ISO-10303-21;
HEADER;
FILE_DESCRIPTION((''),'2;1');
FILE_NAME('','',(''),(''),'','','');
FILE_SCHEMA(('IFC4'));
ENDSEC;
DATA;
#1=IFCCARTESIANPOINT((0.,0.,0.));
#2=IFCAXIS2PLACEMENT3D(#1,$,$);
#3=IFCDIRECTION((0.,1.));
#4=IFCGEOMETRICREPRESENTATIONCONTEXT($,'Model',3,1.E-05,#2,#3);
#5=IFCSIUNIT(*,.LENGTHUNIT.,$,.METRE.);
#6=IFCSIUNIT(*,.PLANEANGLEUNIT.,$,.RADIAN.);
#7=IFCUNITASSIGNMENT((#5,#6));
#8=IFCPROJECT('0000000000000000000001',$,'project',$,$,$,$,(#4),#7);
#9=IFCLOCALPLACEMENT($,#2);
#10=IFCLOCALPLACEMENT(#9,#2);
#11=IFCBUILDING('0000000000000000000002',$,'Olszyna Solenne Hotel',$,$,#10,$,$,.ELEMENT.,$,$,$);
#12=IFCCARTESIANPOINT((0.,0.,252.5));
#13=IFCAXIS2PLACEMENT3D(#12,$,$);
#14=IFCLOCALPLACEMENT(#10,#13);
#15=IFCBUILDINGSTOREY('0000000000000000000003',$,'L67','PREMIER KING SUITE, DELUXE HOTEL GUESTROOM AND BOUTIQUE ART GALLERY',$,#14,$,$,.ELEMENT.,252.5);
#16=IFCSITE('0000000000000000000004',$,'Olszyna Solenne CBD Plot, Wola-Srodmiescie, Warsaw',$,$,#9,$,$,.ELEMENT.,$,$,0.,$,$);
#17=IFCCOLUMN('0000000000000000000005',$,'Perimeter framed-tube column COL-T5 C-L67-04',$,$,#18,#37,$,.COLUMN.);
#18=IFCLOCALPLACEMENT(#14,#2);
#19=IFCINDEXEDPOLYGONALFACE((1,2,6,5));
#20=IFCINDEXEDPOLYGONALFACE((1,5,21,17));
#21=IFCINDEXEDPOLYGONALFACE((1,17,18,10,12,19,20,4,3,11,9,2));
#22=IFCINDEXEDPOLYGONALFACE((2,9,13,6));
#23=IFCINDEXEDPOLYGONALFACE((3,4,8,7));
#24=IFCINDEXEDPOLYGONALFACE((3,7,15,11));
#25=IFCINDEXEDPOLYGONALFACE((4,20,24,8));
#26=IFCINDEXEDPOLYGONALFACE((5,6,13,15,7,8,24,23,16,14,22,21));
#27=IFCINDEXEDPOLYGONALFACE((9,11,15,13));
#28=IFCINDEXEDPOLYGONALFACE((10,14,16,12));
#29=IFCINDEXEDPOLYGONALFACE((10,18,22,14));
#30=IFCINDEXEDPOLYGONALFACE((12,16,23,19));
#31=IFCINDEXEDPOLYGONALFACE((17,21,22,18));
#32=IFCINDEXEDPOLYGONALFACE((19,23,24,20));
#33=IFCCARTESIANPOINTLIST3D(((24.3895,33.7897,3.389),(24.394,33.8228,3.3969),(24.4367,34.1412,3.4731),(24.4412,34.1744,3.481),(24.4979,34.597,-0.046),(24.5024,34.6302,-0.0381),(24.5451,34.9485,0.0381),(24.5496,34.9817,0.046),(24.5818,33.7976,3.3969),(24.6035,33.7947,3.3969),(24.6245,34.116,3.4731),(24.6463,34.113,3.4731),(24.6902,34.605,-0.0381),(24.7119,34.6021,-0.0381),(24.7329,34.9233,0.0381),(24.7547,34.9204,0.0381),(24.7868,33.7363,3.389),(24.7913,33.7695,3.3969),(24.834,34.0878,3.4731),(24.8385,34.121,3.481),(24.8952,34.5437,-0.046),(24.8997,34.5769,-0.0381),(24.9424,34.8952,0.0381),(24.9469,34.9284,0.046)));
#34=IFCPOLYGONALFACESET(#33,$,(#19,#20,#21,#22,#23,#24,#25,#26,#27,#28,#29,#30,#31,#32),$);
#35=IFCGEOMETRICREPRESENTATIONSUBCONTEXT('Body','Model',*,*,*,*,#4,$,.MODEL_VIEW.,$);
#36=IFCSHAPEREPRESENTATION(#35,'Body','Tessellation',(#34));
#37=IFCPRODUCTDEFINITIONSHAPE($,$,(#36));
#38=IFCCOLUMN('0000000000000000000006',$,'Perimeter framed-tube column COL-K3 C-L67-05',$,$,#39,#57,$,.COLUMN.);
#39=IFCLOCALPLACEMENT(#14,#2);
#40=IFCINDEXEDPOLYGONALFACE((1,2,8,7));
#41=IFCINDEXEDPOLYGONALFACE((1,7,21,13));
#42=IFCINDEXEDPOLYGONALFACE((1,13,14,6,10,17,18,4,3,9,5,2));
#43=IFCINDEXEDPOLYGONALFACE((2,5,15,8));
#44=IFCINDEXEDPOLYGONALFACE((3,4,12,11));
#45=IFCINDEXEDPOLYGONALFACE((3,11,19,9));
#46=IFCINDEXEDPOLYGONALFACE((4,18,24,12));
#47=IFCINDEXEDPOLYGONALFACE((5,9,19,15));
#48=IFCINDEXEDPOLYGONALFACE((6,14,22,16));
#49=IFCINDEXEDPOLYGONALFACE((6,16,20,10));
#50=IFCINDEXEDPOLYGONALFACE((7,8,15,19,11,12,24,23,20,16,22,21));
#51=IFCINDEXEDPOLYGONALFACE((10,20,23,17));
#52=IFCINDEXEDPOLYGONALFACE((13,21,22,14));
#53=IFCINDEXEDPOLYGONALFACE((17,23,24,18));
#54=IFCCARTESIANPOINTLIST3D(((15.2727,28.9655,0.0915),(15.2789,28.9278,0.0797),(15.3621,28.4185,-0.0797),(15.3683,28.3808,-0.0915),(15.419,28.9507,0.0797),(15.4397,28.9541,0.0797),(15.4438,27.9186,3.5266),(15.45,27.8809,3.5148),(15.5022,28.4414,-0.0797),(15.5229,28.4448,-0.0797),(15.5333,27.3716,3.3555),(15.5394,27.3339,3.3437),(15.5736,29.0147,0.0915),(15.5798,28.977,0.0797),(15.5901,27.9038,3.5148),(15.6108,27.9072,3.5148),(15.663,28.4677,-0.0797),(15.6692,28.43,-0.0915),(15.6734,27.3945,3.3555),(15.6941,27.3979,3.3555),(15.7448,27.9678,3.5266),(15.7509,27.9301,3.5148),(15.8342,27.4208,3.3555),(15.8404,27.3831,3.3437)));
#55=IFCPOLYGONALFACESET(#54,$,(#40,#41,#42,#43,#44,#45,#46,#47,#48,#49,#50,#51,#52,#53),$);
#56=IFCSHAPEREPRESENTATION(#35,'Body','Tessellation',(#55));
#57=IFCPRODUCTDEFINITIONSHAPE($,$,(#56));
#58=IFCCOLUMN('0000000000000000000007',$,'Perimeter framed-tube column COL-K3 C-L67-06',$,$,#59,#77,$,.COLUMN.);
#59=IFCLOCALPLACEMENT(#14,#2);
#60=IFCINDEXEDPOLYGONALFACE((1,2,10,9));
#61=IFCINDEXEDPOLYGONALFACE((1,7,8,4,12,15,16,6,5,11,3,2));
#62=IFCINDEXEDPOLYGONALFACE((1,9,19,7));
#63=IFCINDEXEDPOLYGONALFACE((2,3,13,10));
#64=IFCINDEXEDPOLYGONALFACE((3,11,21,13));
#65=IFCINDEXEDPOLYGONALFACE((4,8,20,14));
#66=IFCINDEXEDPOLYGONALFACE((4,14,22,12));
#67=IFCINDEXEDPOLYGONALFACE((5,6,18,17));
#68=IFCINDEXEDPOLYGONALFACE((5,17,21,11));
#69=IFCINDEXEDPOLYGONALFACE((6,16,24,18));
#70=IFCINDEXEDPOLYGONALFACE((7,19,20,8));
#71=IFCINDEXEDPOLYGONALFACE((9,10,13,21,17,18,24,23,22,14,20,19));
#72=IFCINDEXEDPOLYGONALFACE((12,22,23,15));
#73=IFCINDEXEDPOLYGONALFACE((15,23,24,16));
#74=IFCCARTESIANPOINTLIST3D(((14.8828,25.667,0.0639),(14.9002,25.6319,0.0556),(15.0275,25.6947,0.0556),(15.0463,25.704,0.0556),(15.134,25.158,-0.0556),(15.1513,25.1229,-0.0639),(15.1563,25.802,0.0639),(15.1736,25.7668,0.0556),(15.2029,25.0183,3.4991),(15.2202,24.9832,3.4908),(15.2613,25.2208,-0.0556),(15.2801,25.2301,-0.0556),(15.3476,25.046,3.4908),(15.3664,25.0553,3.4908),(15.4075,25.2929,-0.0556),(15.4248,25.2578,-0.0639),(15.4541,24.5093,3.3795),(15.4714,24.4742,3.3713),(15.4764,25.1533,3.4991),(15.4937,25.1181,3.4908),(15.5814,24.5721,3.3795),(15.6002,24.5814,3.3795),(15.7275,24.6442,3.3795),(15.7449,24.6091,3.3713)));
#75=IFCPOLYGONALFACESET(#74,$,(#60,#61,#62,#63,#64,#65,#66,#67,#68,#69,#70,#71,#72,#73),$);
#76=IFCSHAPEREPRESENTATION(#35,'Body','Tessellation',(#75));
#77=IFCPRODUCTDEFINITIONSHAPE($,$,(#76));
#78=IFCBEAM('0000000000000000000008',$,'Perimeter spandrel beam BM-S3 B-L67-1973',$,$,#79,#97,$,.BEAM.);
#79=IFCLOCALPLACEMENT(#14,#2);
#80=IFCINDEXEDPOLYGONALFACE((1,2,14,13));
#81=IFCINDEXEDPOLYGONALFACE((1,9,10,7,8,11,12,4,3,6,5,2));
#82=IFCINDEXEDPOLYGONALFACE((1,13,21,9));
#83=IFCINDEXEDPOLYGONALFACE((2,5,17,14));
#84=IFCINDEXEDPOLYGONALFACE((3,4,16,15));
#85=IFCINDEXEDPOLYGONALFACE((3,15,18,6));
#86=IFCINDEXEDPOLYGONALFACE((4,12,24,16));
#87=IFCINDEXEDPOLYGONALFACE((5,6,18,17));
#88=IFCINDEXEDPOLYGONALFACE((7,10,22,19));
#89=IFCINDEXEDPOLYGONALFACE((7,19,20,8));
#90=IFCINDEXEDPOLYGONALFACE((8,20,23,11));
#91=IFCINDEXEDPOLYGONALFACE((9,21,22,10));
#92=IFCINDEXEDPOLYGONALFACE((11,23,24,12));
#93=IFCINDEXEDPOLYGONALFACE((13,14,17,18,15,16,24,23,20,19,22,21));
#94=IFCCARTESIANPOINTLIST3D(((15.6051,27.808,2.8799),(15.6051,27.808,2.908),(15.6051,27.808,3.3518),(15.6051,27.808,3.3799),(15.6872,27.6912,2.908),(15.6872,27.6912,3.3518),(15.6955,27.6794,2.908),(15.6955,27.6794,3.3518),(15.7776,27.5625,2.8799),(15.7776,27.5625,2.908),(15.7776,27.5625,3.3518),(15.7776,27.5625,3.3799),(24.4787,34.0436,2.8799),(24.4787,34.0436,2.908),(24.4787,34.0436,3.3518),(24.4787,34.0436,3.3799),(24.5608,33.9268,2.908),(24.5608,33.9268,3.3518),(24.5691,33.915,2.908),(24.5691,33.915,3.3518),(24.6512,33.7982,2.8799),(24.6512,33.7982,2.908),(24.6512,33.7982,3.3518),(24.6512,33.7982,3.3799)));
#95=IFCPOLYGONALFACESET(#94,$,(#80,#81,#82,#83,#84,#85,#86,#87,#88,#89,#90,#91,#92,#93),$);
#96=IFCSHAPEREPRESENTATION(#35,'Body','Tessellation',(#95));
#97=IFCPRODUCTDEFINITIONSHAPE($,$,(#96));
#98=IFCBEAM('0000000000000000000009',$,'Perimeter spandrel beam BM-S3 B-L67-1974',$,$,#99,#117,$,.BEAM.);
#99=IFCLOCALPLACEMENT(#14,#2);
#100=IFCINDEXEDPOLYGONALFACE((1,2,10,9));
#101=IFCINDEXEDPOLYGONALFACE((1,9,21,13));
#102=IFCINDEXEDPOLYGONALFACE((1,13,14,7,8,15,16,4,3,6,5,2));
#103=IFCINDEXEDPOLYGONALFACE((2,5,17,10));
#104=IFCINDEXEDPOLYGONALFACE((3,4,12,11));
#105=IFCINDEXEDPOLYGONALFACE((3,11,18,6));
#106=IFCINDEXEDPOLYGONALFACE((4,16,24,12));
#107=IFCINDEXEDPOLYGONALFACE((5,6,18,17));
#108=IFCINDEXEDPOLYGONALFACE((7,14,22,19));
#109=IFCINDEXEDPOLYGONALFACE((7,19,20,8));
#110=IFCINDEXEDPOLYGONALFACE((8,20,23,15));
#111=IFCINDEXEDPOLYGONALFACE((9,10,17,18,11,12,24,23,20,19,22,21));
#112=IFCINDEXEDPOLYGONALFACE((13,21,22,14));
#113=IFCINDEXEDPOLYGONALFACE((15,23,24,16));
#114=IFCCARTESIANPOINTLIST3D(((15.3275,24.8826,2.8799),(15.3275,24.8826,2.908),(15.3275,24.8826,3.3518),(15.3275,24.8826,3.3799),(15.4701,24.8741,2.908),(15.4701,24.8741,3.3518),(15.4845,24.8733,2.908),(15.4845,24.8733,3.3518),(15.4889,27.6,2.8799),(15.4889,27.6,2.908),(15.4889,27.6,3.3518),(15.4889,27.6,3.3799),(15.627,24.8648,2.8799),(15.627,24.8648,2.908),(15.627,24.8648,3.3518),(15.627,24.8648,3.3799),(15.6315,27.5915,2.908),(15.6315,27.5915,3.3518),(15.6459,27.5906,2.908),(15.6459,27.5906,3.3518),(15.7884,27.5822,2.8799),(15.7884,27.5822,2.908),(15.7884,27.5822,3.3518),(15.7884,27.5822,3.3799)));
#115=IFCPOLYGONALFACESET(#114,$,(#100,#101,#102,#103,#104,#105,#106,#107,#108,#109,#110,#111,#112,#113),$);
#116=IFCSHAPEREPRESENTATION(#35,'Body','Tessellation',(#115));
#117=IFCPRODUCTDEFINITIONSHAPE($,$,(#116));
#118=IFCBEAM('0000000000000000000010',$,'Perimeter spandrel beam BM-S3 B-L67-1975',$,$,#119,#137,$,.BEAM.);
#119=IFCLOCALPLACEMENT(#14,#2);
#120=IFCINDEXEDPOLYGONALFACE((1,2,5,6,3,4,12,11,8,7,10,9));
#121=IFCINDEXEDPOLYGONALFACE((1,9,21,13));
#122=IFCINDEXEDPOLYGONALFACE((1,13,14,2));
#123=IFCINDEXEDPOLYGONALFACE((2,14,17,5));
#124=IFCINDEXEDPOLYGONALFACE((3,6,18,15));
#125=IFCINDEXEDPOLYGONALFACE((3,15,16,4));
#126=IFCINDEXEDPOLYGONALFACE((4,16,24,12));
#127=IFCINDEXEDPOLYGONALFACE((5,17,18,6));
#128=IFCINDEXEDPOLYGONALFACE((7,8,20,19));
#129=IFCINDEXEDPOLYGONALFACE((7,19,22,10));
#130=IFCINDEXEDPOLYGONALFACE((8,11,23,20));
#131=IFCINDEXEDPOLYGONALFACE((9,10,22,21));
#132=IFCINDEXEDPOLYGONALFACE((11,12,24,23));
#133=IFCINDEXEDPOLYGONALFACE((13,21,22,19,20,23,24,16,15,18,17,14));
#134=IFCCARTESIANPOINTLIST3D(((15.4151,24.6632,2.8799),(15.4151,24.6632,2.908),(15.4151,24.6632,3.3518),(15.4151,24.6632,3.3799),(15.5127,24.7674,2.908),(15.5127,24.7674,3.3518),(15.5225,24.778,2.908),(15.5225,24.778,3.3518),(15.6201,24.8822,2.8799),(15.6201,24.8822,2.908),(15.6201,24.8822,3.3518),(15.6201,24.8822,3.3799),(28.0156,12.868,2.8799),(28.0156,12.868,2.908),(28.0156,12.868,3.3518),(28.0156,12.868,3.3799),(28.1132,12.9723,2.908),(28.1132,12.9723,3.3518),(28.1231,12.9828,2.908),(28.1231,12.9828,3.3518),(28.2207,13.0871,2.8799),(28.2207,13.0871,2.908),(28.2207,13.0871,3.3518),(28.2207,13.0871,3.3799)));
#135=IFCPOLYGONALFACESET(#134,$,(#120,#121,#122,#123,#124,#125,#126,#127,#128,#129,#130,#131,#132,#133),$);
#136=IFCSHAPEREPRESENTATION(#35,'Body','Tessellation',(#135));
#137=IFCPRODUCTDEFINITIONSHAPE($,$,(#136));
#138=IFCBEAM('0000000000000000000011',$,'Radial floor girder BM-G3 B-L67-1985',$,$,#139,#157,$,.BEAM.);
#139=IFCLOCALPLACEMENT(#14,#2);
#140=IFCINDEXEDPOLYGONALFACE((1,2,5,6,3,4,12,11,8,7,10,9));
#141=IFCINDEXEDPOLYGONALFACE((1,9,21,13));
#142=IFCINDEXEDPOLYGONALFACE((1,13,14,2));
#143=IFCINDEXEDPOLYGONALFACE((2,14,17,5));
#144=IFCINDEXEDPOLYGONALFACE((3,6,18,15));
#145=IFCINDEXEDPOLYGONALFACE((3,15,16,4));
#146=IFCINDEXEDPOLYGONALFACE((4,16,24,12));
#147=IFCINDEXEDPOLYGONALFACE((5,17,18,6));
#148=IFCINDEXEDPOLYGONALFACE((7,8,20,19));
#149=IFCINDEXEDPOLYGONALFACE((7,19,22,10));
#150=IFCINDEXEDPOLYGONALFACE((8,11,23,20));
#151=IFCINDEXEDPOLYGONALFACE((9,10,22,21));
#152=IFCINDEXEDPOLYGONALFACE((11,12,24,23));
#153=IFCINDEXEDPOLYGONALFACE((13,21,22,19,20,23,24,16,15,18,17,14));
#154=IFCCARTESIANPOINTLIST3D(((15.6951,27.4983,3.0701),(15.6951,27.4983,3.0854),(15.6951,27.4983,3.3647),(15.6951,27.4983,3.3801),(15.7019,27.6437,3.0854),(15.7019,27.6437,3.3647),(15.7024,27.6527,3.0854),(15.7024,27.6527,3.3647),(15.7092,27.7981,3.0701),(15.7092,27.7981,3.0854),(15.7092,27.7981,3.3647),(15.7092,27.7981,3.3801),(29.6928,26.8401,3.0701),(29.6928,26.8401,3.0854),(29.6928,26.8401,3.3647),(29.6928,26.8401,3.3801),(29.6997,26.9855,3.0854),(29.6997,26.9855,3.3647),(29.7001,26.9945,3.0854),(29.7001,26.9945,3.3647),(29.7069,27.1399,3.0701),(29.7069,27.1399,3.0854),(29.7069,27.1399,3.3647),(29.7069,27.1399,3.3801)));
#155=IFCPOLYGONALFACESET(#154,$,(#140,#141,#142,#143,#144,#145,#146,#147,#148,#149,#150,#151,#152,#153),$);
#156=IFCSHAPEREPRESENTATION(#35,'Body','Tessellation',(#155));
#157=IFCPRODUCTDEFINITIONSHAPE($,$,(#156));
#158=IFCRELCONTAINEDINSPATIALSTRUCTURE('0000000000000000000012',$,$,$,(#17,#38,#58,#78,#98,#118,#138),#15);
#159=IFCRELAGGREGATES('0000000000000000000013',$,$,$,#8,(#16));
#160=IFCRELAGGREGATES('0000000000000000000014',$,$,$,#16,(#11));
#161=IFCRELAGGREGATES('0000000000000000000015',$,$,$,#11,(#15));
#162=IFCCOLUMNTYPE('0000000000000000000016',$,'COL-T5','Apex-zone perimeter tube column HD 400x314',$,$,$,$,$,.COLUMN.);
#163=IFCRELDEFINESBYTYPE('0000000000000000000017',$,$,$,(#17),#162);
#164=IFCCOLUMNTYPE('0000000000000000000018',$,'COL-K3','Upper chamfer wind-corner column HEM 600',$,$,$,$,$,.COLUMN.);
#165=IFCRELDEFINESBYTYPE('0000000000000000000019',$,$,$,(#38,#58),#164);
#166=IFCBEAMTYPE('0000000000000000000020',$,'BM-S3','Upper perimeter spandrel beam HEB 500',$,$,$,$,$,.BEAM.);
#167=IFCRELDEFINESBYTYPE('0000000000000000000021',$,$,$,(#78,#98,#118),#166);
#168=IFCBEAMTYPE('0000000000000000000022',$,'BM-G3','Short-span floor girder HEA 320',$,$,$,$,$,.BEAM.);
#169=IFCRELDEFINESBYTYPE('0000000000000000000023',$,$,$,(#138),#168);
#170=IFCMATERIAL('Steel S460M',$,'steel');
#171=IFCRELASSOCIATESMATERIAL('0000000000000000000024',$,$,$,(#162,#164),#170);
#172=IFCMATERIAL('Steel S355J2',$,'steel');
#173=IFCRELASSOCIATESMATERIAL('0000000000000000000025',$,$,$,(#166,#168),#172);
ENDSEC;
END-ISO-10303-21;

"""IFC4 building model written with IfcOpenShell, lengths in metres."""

from ifc_helpers import new_model, si_unit, direction, frame, origin, origin_2d, place, context, subcontext, project, spatial, i_section, extrude, source, transform, mapped, material, material_profile, profile_set, type_object, element, save


model = new_model("IFC4")

# Units and contexts
model_context = context("Model", 3, precision=1e-05, world=origin(), true_north=direction((0.0, 1.0)))
body_context = subcontext(model_context, "Body", "Model", "MODEL_VIEW")
ifc_project = project(units=[si_unit("LENGTHUNIT", "METRE"), si_unit("PLANEANGLEUNIT", "RADIAN")], contexts=[model_context])

# Site, building, storey
site_placement = place(None, origin())
site = spatial("IfcSite", under=ifc_project, at=site_placement, Name="Olszyna Solenne CBD Plot, Wola-Srodmiescie, Warsaw", CompositionType="ELEMENT", RefElevation=0.0)
building_placement = place(site_placement, origin())
building = spatial("IfcBuilding", under=site, at=building_placement, Name="Olszyna Solenne Hotel", CompositionType="ELEMENT")
storey_placement = place(building_placement, frame((0.0, 0.0, 252.5)))
storey = spatial("IfcBuildingStorey", under=building, at=storey_placement, Name="L67", Description="PREMIER KING SUITE, DELUXE HOTEL GUESTROOM AND BOUTIQUE ART GALLERY", CompositionType="ELEMENT", Elevation=252.5)

# Columns
ifc_material_1 = material(Name="Steel S460M", Category="steel")
ifc_material_profile_1 = material_profile(ifc_material_1, i_section(OverallWidth=0.4009, OverallDepth=0.3989, WebThickness=0.022, FlangeThickness=0.0344, at=origin_2d()), Name="HD 400x314", Category="load-bearing")
ifc_profile_set_1 = profile_set([ifc_material_profile_1], Name="Steel S460M")
column_type_1 = type_object("IfcColumnType", Name="COL-T5", Description="Apex-zone perimeter tube column HD 400x314", PredefinedType="COLUMN", material=ifc_profile_set_1)
shared_shape_1 = source(origin(), body_context, "Body", "SweptSolid", [
    extrude(i_section(OverallWidth=0.4009, OverallDepth=0.3989, WebThickness=0.022, FlangeThickness=0.0344, at=origin_2d()), origin(), (0.0, 0.0, 1.0), 3.5303),
])
column_1_placement = place(storey_placement, frame((24.7224, 34.7627, 0.0), z_axis=(-0.030705, -0.228696, 0.973013), x_axis=(0.991107, -0.133067, 0.0)))
element("IfcColumn", 1, at=column_1_placement, inside=storey, type_object=column_type_1, Name="Perimeter framed-tube column COL-T5 C-L67-04", PredefinedType="COLUMN", context=body_context, shape_type="MappedRepresentation", body=[
    mapped(shared_shape_1, transform((0.0, 0.0, 0.0), x_axis=(1.0, 0.0, 0.0), y_axis=(0.0, 1.0, 0.0), z_axis=(0.0, 0.0, 1.0), scale=1.0)),
])
ifc_material_profile_2 = material_profile(ifc_material_1, i_section(OverallWidth=0.3049, OverallDepth=0.6201, WebThickness=0.021, FlangeThickness=0.04, at=origin_2d()), Name="HEM 600", Category="load-bearing")
ifc_profile_set_2 = profile_set([ifc_material_profile_2], Name="Steel S460M")
column_type_2 = type_object("IfcColumnType", Name="COL-K3", Description="Upper chamfer wind-corner column HEM 600", PredefinedType="COLUMN", material=ifc_profile_set_2)
shared_shape_2 = source(origin(), body_context, "Body", "SweptSolid", [
    extrude(i_section(OverallWidth=0.3049, OverallDepth=0.6201, WebThickness=0.021, FlangeThickness=0.04, at=origin_2d()), origin(), (0.0, 0.0, 1.0), 3.5952),
])
column_2_placement = place(storey_placement, frame((15.4709, 28.6978, 0.0), z_axis=(0.047604, -0.291194, 0.955479), x_axis=(0.986899, 0.161338, 0.0)))
element("IfcColumn", 2, at=column_2_placement, inside=storey, type_object=column_type_2, Name="Perimeter framed-tube column COL-K3 C-L67-05", PredefinedType="COLUMN", context=body_context, shape_type="MappedRepresentation", body=[
    mapped(shared_shape_2, transform((0.0, 0.0, 0.0), x_axis=(1.0, 0.0, 0.0), y_axis=(0.0, 1.0, 0.0), z_axis=(0.0, 0.0, 1.0), scale=1.0)),
])
shared_shape_3 = source(origin(), body_context, "Body", "SweptSolid", [
    extrude(i_section(OverallWidth=0.3049, OverallDepth=0.6201, WebThickness=0.021, FlangeThickness=0.04, at=origin_2d()), origin(), (0.0, 0.0, 1.0), 3.5105),
])
column_3_placement = place(storey_placement, frame((15.1538, 25.4624, 0.0), z_axis=(0.091177, -0.184789, 0.97854), x_axis=(0.896777, 0.442482, 0.0)))
element("IfcColumn", 3, at=column_3_placement, inside=storey, type_object=column_type_2, Name="Perimeter framed-tube column COL-K3 C-L67-06", PredefinedType="COLUMN", context=body_context, shape_type="MappedRepresentation", body=[
    mapped(shared_shape_3, transform((0.0, 0.0, 0.0), x_axis=(1.0, 0.0, 0.0), y_axis=(0.0, 1.0, 0.0), z_axis=(0.0, 0.0, 1.0), scale=1.0)),
])

# Beams
ifc_material_2 = material(Name="Steel S355J2", Category="steel")
ifc_material_profile_3 = material_profile(ifc_material_2, i_section(OverallWidth=0.3, OverallDepth=0.5, WebThickness=0.0144, FlangeThickness=0.0281, at=origin_2d()), Name="HEB 500", Category="load-bearing")
ifc_profile_set_3 = profile_set([ifc_material_profile_3], Name="Steel S355J2")
beam_type_1 = type_object("IfcBeamType", Name="BM-S3", Description="Upper perimeter spandrel beam HEB 500", PredefinedType="BEAM", material=ifc_profile_set_3)
shared_shape_4 = source(origin(), body_context, "Body", "SweptSolid", [
    extrude(i_section(OverallWidth=0.3, OverallDepth=0.5, WebThickness=0.0144, FlangeThickness=0.0281, at=origin_2d()), origin(), (0.0, 0.0, 1.0), 10.8455),
])
beam_1_placement = place(storey_placement, frame((24.5649, 33.9209, 3.1299), z_axis=(-0.818186, -0.574954, 0.0), x_axis=(0.574954, -0.818186, 0.0)))
element("IfcBeam", 4, at=beam_1_placement, inside=storey, type_object=beam_type_1, Name="Perimeter spandrel beam BM-S3 B-L67-1973", PredefinedType="BEAM", context=body_context, shape_type="MappedRepresentation", body=[
    mapped(shared_shape_4, transform((0.0, 0.0, 0.0), x_axis=(1.0, 0.0, 0.0), y_axis=(0.0, 1.0, 0.0), z_axis=(0.0, 0.0, 1.0), scale=1.0)),
])
shared_shape_5 = source(origin(), body_context, "Body", "SweptSolid", [
    extrude(i_section(OverallWidth=0.3, OverallDepth=0.5, WebThickness=0.0144, FlangeThickness=0.0281, at=origin_2d()), origin(), (0.0, 0.0, 1.0), 2.7222),
])
beam_2_placement = place(storey_placement, frame((15.6387, 27.5911, 3.1299), z_axis=(-0.059285, -0.998241, 0.0), x_axis=(0.998241, -0.059285, 0.0)))
element("IfcBeam", 5, at=beam_2_placement, inside=storey, type_object=beam_type_1, Name="Perimeter spandrel beam BM-S3 B-L67-1974", PredefinedType="BEAM", context=body_context, shape_type="MappedRepresentation", body=[
    mapped(shared_shape_5, transform((0.0, 0.0, 0.0), x_axis=(1.0, 0.0, 0.0), y_axis=(0.0, 1.0, 0.0), z_axis=(0.0, 0.0, 1.0), scale=1.0)),
])
shared_shape_6 = source(origin(), body_context, "Body", "SweptSolid", [
    extrude(i_section(OverallWidth=0.3, OverallDepth=0.5, WebThickness=0.0144, FlangeThickness=0.0281, at=origin_2d()), origin(), (0.0, 0.0, 1.0), 17.2598),
])
beam_3_placement = place(storey_placement, frame((15.5176, 24.7727, 3.1299), z_axis=(0.730054, -0.683389, 0.0), x_axis=(0.683389, 0.730054, 0.0)))
element("IfcBeam", 6, at=beam_3_placement, inside=storey, type_object=beam_type_1, Name="Perimeter spandrel beam BM-S3 B-L67-1975", PredefinedType="BEAM", context=body_context, shape_type="MappedRepresentation", body=[
    mapped(shared_shape_6, transform((0.0, 0.0, 0.0), x_axis=(1.0, 0.0, 0.0), y_axis=(0.0, 1.0, 0.0), z_axis=(0.0, 0.0, 1.0), scale=1.0)),
])
ifc_material_profile_4 = material_profile(ifc_material_2, i_section(OverallWidth=0.3, OverallDepth=0.3101, WebThickness=0.009, FlangeThickness=0.0154, at=origin_2d()), Name="HEA 320", Category="load-bearing")
ifc_profile_set_4 = profile_set([ifc_material_profile_4], Name="Steel S355J2")
beam_type_2 = type_object("IfcBeamType", Name="BM-G3", Description="Short-span floor girder HEA 320", PredefinedType="BEAM", material=ifc_profile_set_4)
shared_shape_7 = source(origin(), body_context, "Body", "SweptSolid", [
    extrude(i_section(OverallWidth=0.3, OverallDepth=0.3101, WebThickness=0.009, FlangeThickness=0.0154, at=origin_2d()), origin(), (0.0, 0.0, 1.0), 14.0132),
])
beam_4_placement = place(storey_placement, frame((15.7021, 27.6482, 3.2251), z_axis=(0.998896, -0.04697, 0.0), x_axis=(0.04697, 0.998896, 0.0)))
element("IfcBeam", 7, at=beam_4_placement, inside=storey, type_object=beam_type_2, Name="Radial floor girder BM-G3 B-L67-1985", PredefinedType="BEAM", context=body_context, shape_type="MappedRepresentation", body=[
    mapped(shared_shape_7, transform((0.0, 0.0, 0.0), x_axis=(1.0, 0.0, 0.0), y_axis=(0.0, 1.0, 0.0), z_axis=(0.0, 0.0, 1.0), scale=1.0)),
])

save(model, "model.ifc")
